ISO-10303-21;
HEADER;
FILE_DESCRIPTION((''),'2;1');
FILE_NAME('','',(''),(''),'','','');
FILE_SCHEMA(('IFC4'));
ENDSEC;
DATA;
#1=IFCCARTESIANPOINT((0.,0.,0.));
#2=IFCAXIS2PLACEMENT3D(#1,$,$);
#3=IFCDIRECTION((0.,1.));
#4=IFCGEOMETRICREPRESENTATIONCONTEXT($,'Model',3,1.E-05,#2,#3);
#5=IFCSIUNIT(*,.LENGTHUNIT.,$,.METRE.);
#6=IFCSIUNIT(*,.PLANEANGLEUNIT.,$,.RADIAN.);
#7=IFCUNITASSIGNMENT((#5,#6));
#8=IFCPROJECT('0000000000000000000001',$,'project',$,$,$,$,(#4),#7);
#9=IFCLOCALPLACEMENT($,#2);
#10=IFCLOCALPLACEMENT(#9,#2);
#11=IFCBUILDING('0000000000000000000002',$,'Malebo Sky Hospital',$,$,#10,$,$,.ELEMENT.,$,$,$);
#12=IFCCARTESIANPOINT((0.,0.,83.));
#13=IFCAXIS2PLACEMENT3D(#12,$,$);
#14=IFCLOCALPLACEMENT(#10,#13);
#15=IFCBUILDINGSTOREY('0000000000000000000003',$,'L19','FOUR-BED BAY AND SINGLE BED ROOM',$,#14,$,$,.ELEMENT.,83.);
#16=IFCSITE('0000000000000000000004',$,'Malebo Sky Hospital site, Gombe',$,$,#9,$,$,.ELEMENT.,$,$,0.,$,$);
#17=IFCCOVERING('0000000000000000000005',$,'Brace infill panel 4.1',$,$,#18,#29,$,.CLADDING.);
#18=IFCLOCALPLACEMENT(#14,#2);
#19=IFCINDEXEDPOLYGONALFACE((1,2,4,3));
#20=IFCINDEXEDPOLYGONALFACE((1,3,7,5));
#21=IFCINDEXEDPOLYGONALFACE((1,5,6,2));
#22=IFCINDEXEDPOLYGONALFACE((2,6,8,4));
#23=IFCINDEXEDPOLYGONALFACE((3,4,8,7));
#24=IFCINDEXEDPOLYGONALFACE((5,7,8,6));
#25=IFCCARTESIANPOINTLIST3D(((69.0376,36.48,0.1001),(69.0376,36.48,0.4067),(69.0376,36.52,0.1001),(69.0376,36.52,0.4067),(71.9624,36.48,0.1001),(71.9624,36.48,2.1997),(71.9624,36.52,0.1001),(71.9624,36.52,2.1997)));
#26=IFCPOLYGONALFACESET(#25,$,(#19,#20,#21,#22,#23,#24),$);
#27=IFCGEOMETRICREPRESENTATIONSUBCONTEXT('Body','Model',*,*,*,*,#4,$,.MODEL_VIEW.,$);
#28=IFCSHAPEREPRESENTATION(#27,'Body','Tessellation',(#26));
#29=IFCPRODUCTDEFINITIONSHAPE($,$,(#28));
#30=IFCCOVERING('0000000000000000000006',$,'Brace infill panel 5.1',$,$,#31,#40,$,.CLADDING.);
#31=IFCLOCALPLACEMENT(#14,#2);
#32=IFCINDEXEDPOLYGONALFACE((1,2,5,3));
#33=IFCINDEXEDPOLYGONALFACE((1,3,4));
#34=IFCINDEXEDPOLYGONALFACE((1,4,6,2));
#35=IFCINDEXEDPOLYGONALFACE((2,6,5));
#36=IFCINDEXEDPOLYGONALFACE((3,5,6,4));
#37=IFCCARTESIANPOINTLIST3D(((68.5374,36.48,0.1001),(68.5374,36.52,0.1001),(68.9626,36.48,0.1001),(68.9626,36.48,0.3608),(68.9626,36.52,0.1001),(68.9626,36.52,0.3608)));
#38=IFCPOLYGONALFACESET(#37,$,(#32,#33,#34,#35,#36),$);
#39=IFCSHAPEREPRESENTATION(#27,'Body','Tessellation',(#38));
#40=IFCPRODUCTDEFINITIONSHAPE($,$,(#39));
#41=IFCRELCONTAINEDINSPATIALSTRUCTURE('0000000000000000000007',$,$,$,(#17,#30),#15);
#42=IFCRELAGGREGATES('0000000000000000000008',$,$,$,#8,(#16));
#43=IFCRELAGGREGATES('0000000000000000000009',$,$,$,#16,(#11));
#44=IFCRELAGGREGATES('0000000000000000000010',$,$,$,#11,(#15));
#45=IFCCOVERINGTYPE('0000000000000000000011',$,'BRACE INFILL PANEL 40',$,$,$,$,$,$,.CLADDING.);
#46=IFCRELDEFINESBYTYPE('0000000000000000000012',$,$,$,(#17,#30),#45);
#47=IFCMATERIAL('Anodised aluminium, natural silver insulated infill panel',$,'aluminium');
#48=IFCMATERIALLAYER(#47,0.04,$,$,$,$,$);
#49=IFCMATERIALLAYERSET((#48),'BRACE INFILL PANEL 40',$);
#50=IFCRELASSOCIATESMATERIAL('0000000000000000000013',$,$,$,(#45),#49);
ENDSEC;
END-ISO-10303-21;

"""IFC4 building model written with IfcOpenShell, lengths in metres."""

from ifc_helpers import new_model, si_unit, direction, frame, origin, place, context, subcontext, project, spatial, polyline, outline, extrude, material, layer, layer_set, type_object, element, save


model = new_model("IFC4")

# Units and contexts
model_context = context("Model", 3, precision=1e-05, world=origin(), true_north=direction((0.0, 1.0)))
body_context = subcontext(model_context, "Body", "Model", "MODEL_VIEW")
ifc_project = project(units=[si_unit("LENGTHUNIT", "METRE"), si_unit("PLANEANGLEUNIT", "RADIAN")], contexts=[model_context])

# Site, building, storey
site_placement = place(None, origin())
site = spatial("IfcSite", under=ifc_project, at=site_placement, Name="Malebo Sky Hospital site, Gombe", CompositionType="ELEMENT", RefElevation=0.0)
building_placement = place(site_placement, origin())
building = spatial("IfcBuilding", under=site, at=building_placement, Name="Malebo Sky Hospital", CompositionType="ELEMENT")
storey_placement = place(building_placement, frame((0.0, 0.0, 83.0)))
storey = spatial("IfcBuildingStorey", under=building, at=storey_placement, Name="L19", Description="FOUR-BED BAY AND SINGLE BED ROOM", CompositionType="ELEMENT", Elevation=83.0)

# Coverings
ifc_material_1 = material(Name="Anodised aluminium, natural silver insulated infill panel", Category="aluminium")
ifc_layer_1 = layer(ifc_material_1, 0.04)
ifc_layer_set_1 = layer_set([ifc_layer_1], Name="BRACE INFILL PANEL 40")
covering_type = type_object("IfcCoveringType", Name="BRACE INFILL PANEL 40", PredefinedType="CLADDING", material=ifc_layer_set_1)
covering_1_placement = place(storey_placement, frame((70.5, 36.5, 0.1001), z_axis=(0.0, 0.0, 1.0), x_axis=(-1.0, 0.0, 0.0)))
element("IfcCovering", 1, at=covering_1_placement, inside=storey, type_object=covering_type, Name="Brace infill panel 4.1", PredefinedType="CLADDING", context=body_context, shape_type="SweptSolid", body=[
    extrude(outline(polyline([(-1.4624, 0.0), (1.4624, 0.0), (1.4624, 0.3066), (-1.4624, 2.0996), (-1.4624, 0.0)])), frame((0.0, 0.02, 0.0), z_axis=(0.0, -1.0, 0.0), x_axis=(1.0, 0.0, 0.0)), (0.0, 0.0, 1.0), 0.04),
])
covering_2_placement = place(storey_placement, frame((68.75, 36.5, 0.1001), z_axis=(0.0, 0.0, 1.0), x_axis=(-1.0, 0.0, 0.0)))
element("IfcCovering", 2, at=covering_2_placement, inside=storey, type_object=covering_type, Name="Brace infill panel 5.1", PredefinedType="CLADDING", context=body_context, shape_type="SweptSolid", body=[
    extrude(outline(polyline([(-0.2126, 0.0), (0.2126, 0.0), (-0.2126, 0.2607), (-0.2126, 0.0)])), frame((0.0, 0.02, 0.0), z_axis=(0.0, -1.0, 0.0), x_axis=(1.0, 0.0, 0.0)), (0.0, 0.0, 1.0), 0.04),
])

save(model, "model.ifc")
